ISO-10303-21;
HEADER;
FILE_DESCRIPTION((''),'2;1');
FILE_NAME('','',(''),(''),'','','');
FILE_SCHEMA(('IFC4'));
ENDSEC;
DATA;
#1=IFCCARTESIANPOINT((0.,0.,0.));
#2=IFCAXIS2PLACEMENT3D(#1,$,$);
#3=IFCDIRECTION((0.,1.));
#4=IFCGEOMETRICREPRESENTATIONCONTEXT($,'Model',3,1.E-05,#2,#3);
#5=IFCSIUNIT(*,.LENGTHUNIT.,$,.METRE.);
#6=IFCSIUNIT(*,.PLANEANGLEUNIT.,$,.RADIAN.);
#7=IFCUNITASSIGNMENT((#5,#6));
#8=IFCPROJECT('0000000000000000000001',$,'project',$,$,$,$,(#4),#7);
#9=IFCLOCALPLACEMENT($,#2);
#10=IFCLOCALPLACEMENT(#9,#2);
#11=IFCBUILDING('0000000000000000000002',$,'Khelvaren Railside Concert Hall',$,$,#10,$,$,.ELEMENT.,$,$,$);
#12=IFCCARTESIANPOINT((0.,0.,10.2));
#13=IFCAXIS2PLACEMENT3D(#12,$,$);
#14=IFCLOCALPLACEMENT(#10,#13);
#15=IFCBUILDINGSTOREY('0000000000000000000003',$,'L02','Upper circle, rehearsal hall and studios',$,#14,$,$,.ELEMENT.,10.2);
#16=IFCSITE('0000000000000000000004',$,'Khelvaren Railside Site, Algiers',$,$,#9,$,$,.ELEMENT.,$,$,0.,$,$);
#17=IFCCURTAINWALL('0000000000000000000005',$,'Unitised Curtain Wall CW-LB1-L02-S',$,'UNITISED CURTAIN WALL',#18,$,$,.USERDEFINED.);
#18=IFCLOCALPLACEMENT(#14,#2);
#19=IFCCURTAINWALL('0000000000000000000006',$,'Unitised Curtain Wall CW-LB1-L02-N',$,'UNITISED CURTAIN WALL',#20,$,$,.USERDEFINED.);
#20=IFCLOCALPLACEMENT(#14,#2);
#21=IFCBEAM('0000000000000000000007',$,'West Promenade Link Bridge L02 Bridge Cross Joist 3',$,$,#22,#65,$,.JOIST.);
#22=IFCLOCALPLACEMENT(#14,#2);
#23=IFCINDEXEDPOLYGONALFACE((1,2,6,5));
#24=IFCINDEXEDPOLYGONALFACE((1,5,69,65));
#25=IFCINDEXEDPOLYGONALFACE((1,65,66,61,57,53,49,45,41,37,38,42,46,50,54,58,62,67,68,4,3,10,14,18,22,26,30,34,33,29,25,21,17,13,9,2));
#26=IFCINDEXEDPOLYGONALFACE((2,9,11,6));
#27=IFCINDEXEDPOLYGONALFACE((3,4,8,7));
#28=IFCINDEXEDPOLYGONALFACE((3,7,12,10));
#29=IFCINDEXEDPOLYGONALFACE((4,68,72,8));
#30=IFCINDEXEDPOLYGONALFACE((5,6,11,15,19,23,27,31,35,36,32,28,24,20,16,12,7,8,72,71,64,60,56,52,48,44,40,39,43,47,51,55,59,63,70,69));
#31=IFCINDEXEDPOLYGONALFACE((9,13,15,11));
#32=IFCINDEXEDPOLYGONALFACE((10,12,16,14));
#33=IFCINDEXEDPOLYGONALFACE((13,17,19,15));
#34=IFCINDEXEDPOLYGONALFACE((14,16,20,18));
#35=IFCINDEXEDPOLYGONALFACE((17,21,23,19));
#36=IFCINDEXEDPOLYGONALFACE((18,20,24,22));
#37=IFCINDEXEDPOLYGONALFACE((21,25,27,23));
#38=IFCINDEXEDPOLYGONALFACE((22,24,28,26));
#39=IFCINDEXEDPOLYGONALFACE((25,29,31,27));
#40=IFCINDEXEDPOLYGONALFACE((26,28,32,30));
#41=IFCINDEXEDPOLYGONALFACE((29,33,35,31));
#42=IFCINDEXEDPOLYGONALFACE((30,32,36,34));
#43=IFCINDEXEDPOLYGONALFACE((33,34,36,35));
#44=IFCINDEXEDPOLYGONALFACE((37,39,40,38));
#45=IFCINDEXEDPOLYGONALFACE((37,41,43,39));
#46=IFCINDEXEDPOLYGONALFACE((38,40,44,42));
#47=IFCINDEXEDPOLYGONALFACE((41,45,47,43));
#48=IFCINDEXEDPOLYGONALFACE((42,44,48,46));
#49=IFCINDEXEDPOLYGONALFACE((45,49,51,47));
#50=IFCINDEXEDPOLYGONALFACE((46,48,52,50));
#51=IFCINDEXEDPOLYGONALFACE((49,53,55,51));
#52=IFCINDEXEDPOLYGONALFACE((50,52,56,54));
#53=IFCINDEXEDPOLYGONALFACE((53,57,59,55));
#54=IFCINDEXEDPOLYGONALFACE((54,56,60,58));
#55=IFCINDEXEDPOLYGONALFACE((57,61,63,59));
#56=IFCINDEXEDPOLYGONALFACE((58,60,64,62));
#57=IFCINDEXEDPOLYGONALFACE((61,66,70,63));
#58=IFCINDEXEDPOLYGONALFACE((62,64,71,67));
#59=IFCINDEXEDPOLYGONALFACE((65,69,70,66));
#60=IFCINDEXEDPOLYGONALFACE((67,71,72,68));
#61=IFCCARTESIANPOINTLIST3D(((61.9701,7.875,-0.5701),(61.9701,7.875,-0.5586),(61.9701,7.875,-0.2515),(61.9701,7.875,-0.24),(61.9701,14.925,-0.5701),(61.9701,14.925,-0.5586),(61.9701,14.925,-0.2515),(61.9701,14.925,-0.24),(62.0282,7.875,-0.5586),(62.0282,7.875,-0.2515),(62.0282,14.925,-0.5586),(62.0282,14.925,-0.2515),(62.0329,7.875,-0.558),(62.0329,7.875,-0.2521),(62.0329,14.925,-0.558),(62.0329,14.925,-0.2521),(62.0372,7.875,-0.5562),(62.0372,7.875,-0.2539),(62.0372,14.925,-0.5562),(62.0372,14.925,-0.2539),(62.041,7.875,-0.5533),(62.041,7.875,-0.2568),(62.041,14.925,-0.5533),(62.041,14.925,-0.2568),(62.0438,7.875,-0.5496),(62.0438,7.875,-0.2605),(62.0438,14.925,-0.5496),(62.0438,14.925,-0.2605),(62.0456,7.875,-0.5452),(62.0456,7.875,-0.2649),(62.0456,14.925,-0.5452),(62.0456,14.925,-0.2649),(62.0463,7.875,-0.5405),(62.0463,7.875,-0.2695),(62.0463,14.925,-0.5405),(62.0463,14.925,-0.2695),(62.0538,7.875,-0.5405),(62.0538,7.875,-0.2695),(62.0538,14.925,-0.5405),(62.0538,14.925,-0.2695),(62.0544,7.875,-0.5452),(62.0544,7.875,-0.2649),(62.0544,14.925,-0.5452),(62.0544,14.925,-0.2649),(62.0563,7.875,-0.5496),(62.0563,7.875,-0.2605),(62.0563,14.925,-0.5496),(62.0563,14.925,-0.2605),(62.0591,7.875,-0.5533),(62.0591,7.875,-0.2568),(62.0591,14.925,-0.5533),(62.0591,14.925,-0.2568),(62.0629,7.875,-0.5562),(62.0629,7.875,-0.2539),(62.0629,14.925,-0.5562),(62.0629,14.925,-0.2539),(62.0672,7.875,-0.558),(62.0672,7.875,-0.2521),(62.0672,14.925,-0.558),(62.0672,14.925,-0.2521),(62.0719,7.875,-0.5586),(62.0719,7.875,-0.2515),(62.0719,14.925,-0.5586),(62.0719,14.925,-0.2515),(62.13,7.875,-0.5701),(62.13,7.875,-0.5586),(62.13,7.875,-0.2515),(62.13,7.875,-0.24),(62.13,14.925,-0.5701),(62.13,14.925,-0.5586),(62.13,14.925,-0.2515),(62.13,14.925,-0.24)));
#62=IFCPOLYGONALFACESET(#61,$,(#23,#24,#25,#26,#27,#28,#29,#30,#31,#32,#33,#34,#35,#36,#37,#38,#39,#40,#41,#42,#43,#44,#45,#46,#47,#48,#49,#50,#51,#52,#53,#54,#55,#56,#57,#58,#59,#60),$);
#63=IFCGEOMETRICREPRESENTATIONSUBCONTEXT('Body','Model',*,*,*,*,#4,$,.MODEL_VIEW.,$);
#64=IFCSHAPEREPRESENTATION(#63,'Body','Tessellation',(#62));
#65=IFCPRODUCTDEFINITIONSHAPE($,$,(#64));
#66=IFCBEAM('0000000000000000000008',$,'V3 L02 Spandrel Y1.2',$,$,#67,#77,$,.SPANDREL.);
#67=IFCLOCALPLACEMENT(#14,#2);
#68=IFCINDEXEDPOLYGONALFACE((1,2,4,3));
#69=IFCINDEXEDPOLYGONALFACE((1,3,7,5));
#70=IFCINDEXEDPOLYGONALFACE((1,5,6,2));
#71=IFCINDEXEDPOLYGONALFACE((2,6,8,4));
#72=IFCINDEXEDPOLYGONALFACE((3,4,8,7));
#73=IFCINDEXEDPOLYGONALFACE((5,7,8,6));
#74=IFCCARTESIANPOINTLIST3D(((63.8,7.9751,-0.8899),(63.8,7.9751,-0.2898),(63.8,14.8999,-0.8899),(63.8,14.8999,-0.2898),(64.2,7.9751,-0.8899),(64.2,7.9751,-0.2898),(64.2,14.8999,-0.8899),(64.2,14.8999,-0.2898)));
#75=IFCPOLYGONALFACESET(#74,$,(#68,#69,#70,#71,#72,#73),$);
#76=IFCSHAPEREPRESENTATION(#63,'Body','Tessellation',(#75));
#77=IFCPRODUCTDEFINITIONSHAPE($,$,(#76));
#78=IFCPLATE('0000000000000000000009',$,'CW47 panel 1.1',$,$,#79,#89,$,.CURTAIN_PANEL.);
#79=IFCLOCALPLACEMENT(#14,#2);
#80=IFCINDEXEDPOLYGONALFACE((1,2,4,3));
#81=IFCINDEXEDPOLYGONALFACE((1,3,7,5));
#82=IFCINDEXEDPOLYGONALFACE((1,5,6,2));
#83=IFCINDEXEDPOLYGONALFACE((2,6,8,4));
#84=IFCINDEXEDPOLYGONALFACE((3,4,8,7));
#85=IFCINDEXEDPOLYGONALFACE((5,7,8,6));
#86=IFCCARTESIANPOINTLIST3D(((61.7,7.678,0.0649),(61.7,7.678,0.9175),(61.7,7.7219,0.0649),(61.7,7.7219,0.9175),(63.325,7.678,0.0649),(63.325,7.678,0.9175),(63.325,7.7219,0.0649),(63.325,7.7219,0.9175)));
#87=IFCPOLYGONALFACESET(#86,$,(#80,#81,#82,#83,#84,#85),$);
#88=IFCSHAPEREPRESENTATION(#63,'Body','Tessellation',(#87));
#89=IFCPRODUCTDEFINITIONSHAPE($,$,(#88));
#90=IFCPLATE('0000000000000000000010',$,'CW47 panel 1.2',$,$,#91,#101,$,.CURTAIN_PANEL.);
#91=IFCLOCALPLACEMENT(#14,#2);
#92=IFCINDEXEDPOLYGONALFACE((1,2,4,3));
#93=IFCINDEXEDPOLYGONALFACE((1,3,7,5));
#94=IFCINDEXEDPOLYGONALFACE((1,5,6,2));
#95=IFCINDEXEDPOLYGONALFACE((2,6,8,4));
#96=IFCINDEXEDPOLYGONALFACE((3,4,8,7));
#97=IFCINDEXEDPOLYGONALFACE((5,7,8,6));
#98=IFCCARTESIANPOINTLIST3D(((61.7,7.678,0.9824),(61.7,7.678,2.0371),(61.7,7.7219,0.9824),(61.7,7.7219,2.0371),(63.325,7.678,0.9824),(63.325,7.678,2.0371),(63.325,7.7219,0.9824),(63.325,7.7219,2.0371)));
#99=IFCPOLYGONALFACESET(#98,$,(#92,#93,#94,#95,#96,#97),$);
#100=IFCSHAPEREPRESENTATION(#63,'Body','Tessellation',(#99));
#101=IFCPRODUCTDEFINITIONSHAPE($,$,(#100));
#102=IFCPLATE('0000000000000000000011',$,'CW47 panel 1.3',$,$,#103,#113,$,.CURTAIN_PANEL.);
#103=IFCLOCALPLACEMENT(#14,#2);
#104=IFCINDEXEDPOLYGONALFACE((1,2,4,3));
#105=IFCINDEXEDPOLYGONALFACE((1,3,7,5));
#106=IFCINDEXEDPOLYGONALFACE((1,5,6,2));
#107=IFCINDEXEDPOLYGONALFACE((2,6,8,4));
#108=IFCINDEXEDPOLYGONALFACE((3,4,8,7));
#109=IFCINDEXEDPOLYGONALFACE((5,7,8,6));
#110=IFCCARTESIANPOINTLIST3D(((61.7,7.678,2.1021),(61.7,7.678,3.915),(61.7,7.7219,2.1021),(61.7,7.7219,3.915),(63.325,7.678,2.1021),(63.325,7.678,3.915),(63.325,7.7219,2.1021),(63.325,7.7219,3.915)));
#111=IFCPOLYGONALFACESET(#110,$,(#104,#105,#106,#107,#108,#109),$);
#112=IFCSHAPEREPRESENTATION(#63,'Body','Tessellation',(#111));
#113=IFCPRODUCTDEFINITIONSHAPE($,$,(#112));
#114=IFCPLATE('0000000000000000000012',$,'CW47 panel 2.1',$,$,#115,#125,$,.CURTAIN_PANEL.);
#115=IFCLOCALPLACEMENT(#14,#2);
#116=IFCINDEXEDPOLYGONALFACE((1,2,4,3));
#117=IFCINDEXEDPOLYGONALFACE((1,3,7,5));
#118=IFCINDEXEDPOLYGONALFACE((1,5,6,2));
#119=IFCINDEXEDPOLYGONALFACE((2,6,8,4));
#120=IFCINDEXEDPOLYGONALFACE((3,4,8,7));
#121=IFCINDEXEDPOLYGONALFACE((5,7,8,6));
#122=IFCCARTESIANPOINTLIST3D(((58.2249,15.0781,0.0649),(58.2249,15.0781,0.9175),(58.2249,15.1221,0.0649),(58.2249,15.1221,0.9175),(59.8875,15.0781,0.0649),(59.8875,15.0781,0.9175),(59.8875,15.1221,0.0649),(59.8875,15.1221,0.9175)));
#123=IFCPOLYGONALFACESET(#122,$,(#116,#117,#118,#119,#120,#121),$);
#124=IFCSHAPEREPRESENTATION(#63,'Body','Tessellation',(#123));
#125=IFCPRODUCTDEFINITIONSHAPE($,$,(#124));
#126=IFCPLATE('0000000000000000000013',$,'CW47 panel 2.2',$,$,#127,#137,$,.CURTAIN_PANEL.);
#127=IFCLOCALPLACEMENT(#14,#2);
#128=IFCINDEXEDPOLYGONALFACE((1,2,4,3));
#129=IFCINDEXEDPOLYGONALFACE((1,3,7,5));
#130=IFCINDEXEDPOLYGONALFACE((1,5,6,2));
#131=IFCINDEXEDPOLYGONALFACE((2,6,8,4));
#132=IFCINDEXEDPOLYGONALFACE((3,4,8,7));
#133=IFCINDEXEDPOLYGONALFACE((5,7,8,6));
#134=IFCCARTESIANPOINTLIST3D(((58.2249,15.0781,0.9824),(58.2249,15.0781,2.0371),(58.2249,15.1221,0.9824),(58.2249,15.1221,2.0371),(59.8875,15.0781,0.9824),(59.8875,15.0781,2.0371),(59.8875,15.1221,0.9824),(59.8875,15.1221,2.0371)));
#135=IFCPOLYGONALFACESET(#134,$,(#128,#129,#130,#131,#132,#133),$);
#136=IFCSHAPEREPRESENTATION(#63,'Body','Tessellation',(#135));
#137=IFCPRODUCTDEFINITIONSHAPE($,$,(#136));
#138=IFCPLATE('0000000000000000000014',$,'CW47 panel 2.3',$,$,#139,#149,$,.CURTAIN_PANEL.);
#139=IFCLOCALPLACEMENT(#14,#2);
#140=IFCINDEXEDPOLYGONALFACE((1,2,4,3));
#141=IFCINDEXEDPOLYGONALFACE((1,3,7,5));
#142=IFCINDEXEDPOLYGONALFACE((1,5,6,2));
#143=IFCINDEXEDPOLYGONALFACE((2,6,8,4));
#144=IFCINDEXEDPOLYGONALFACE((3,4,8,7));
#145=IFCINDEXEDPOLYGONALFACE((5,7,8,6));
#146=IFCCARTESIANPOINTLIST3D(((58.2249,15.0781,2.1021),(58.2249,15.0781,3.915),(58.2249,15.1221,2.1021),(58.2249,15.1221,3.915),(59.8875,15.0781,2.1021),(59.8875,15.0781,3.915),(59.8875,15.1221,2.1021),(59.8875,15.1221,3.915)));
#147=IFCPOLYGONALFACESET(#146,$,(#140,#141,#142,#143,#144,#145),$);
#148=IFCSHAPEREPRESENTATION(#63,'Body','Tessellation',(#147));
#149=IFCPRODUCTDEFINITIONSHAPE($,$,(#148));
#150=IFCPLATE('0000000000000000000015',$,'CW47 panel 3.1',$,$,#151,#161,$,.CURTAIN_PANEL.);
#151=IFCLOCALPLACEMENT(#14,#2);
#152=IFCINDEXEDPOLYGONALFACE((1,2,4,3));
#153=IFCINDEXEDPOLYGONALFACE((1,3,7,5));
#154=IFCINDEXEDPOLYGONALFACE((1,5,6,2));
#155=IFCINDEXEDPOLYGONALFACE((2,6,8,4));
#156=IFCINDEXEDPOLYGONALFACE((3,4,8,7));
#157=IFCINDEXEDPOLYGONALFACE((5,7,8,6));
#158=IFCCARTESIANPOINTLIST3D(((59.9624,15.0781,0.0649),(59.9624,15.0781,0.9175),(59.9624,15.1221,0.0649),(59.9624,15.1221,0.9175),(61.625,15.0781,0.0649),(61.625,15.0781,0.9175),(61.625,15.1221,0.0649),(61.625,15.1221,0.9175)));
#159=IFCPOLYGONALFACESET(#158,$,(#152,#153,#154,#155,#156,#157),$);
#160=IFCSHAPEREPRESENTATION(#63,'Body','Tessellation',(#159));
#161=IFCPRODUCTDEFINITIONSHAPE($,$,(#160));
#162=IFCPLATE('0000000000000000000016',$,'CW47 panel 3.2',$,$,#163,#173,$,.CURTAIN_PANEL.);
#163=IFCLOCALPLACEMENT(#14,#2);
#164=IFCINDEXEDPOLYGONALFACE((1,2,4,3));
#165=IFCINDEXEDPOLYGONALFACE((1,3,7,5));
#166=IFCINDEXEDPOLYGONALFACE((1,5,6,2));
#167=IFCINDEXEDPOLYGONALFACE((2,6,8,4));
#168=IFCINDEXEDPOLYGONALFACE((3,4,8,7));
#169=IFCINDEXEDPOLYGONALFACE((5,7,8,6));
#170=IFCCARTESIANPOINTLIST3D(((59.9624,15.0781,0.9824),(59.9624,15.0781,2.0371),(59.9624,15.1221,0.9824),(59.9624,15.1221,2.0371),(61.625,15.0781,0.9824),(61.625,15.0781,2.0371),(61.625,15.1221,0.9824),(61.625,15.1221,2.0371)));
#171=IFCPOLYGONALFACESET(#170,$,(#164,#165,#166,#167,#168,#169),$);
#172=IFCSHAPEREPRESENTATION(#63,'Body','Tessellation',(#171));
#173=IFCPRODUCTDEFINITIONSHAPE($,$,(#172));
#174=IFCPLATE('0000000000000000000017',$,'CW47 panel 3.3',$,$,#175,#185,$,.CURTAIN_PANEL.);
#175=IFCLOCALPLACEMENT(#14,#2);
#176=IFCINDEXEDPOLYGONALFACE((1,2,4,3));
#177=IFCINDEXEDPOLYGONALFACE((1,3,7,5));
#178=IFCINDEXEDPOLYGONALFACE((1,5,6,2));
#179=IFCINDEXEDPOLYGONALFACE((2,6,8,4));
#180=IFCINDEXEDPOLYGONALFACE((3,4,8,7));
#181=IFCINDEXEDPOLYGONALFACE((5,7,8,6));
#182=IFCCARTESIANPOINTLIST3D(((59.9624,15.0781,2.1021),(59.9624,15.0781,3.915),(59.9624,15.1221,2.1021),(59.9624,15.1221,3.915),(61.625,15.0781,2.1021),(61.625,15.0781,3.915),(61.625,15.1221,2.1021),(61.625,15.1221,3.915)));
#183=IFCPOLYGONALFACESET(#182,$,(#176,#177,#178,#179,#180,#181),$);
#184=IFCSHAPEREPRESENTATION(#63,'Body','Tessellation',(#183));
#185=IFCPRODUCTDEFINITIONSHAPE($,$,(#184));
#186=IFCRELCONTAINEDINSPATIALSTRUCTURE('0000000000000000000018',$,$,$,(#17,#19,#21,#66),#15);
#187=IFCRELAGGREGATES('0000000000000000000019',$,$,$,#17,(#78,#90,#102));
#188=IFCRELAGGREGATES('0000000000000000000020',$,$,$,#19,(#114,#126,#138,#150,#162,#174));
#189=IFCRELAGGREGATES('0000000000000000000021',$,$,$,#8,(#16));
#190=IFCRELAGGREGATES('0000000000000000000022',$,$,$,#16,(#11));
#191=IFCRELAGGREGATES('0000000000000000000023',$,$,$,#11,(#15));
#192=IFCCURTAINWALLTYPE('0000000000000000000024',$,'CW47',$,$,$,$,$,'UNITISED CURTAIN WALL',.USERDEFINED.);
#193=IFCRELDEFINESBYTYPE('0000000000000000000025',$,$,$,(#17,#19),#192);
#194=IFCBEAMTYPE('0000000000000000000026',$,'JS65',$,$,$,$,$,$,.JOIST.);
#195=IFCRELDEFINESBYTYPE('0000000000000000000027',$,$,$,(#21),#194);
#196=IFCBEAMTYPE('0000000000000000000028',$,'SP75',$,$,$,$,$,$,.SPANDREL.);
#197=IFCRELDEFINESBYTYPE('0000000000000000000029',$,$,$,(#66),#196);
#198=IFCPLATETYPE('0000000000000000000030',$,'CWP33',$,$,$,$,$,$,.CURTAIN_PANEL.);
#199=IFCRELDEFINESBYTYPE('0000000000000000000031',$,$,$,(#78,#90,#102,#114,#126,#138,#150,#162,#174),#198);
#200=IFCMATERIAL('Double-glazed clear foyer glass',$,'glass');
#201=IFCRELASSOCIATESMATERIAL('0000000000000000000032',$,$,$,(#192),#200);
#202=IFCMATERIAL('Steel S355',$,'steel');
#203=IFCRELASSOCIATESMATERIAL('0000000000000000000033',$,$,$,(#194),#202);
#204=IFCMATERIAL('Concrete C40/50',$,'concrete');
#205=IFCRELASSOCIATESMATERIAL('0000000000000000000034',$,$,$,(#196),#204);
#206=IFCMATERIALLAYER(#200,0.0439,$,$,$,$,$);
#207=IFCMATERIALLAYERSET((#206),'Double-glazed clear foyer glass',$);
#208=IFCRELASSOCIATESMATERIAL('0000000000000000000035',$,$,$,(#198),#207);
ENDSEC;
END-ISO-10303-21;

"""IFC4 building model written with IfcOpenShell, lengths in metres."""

from ifc_helpers import new_model, si_unit, direction, frame, origin, origin_2d, place, context, subcontext, project, spatial, rectangle, i_section, extrude, material, layer, layer_set, material_profile, profile_set, type_object, element, aggregate, save


model = new_model("IFC4")

# Units and contexts
model_context = context("Model", 3, precision=1e-05, world=origin(), true_north=direction((0.0, 1.0)))
body_context = subcontext(model_context, "Body", "Model", "MODEL_VIEW")
ifc_project = project(units=[si_unit("LENGTHUNIT", "METRE"), si_unit("PLANEANGLEUNIT", "RADIAN")], contexts=[model_context])

# Site, building, storey
site_placement = place(None, origin())
site = spatial("IfcSite", under=ifc_project, at=site_placement, Name="Khelvaren Railside Site, Algiers", CompositionType="ELEMENT", RefElevation=0.0)
building_placement = place(site_placement, origin())
building = spatial("IfcBuilding", under=site, at=building_placement, Name="Khelvaren Railside Concert Hall", CompositionType="ELEMENT")
storey_placement = place(building_placement, frame((0.0, 0.0, 10.2)))
storey = spatial("IfcBuildingStorey", under=building, at=storey_placement, Name="L02", Description="Upper circle, rehearsal hall and studios", CompositionType="ELEMENT", Elevation=10.2)

# Curtain wall
ifc_material_1 = material(Name="Double-glazed clear foyer glass", Category="glass")
curtain_wall_type = type_object("IfcCurtainWallType", Name="CW47", ElementType="UNITISED CURTAIN WALL", PredefinedType="USERDEFINED", material=ifc_material_1)
curtain_wall_1_placement = place(storey_placement, origin())
curtain_wall_1 = element("IfcCurtainWall", 1, at=curtain_wall_1_placement, inside=storey, type_object=curtain_wall_type, Name="Unitised Curtain Wall CW-LB1-L02-S", ObjectType="UNITISED CURTAIN WALL", PredefinedType="USERDEFINED")

# Curtain wall
curtain_wall_2_placement = place(storey_placement, origin())
curtain_wall_2 = element("IfcCurtainWall", 2, at=curtain_wall_2_placement, inside=storey, type_object=curtain_wall_type, Name="Unitised Curtain Wall CW-LB1-L02-N", ObjectType="UNITISED CURTAIN WALL", PredefinedType="USERDEFINED")

# Beams
ifc_material_2 = material(Name="Steel S355", Category="steel")
ifc_material_profile_1 = material_profile(ifc_material_2, i_section(OverallWidth=0.1599, OverallDepth=0.3301, WebThickness=0.0076, FlangeThickness=0.0115, FilletRadius=0.0181, at=origin_2d()), Name="IPE 330")
ifc_profile_set_1 = profile_set([ifc_material_profile_1], Name="Steel S355")
beam_type_1 = type_object("IfcBeamType", Name="JS65", PredefinedType="JOIST", material=ifc_profile_set_1)
for number, where, z_axis, x_axis, name in (
    (3, (62.05, 7.875, -0.405), (0.0, 1.0, 0.0), (-1.0, 0.0, 0.0), "West Promenade Link Bridge L02 Bridge Cross Joist 3"),
):
    element("IfcBeam", number, at=place(storey_placement, frame(where, z_axis=z_axis, x_axis=x_axis)), inside=storey, type_object=beam_type_1, Name=name, PredefinedType="JOIST", context=body_context, shape_type="SweptSolid", body=[
        extrude(i_section(OverallWidth=0.1599, OverallDepth=0.3301, WebThickness=0.0076, FlangeThickness=0.0115, FilletRadius=0.0181, at=origin_2d()), origin(), (0.0, 0.0, 1.0), 7.05),
    ])
ifc_material_3 = material(Name="Concrete C40/50", Category="concrete")
ifc_material_profile_2 = material_profile(ifc_material_3, rectangle(XDim=0.3999, YDim=0.6001, at=origin_2d()), Name="RCB 400x600")
ifc_profile_set_2 = profile_set([ifc_material_profile_2], Name="Concrete C40/50")
beam_type_2 = type_object("IfcBeamType", Name="SP75", PredefinedType="SPANDREL", material=ifc_profile_set_2)
beam_placement = place(storey_placement, frame((64.0, 7.9751, -0.5898), z_axis=(0.0, 1.0, 0.0), x_axis=(-1.0, 0.0, 0.0)))
element("IfcBeam", 4, at=beam_placement, inside=storey, type_object=beam_type_2, Name="V3 L02 Spandrel Y1.2", PredefinedType="SPANDREL", context=body_context, shape_type="SweptSolid", body=[
    extrude(rectangle(XDim=0.3999, YDim=0.6001, at=origin_2d()), origin(), (0.0, 0.0, 1.0), 6.9248),
])

# Plates
ifc_layer_1 = layer(ifc_material_1, 0.0439)
ifc_layer_set_1 = layer_set([ifc_layer_1], Name="Double-glazed clear foyer glass")
plate_type = type_object("IfcPlateType", Name="CWP33", PredefinedType="CURTAIN_PANEL", material=ifc_layer_set_1)
plate_1_placement = place(storey_placement, frame((62.5125, 7.7, 0.0649), z_axis=(0.0, 0.0, 1.0), x_axis=(-1.0, 0.0, 0.0)))
plate_1 = element("IfcPlate", 5, at=plate_1_placement, type_object=plate_type, Name="CW47 panel 1.1", PredefinedType="CURTAIN_PANEL", context=body_context, shape_type="SweptSolid", body=[
    extrude(rectangle(XDim=1.625, YDim=0.0439, at=origin_2d()), origin(), (0.0, 0.0, 1.0), 0.8525),
])
plate_2_placement = place(storey_placement, frame((62.5125, 7.7, 0.9824), z_axis=(0.0, 0.0, 1.0), x_axis=(-1.0, 0.0, 0.0)))
plate_2 = element("IfcPlate", 6, at=plate_2_placement, type_object=plate_type, Name="CW47 panel 1.2", PredefinedType="CURTAIN_PANEL", context=body_context, shape_type="SweptSolid", body=[
    extrude(rectangle(XDim=1.625, YDim=0.0439, at=origin_2d()), origin(), (0.0, 0.0, 1.0), 1.0547),
])
plate_3_placement = place(storey_placement, frame((62.5125, 7.7, 2.1021), z_axis=(0.0, 0.0, 1.0), x_axis=(-1.0, 0.0, 0.0)))
plate_3 = element("IfcPlate", 7, at=plate_3_placement, type_object=plate_type, Name="CW47 panel 1.3", PredefinedType="CURTAIN_PANEL", context=body_context, shape_type="SweptSolid", body=[
    extrude(rectangle(XDim=1.625, YDim=0.0439, at=origin_2d()), origin(), (0.0, 0.0, 1.0), 1.813),
])
aggregate(curtain_wall_1, [plate_1, plate_2, plate_3])
plate_4_placement = place(storey_placement, frame((59.0562, 15.1001, 0.0649), z_axis=(0.0, 0.0, 1.0), x_axis=(1.0, 0.0, 0.0)))
plate_4 = element("IfcPlate", 8, at=plate_4_placement, type_object=plate_type, Name="CW47 panel 2.1", PredefinedType="CURTAIN_PANEL", context=body_context, shape_type="SweptSolid", body=[
    extrude(rectangle(XDim=1.6626, YDim=0.0439, at=origin_2d()), origin(), (0.0, 0.0, 1.0), 0.8525),
])
plate_5_placement = place(storey_placement, frame((59.0562, 15.1001, 0.9824), z_axis=(0.0, 0.0, 1.0), x_axis=(1.0, 0.0, 0.0)))
plate_5 = element("IfcPlate", 9, at=plate_5_placement, type_object=plate_type, Name="CW47 panel 2.2", PredefinedType="CURTAIN_PANEL", context=body_context, shape_type="SweptSolid", body=[
    extrude(rectangle(XDim=1.6626, YDim=0.0439, at=origin_2d()), origin(), (0.0, 0.0, 1.0), 1.0547),
])
plate_6_placement = place(storey_placement, frame((59.0562, 15.1001, 2.1021), z_axis=(0.0, 0.0, 1.0), x_axis=(1.0, 0.0, 0.0)))
plate_6 = element("IfcPlate", 10, at=plate_6_placement, type_object=plate_type, Name="CW47 panel 2.3", PredefinedType="CURTAIN_PANEL", context=body_context, shape_type="SweptSolid", body=[
    extrude(rectangle(XDim=1.6626, YDim=0.0439, at=origin_2d()), origin(), (0.0, 0.0, 1.0), 1.813),
])
plate_7_placement = place(storey_placement, frame((60.7937, 15.1001, 0.0649), z_axis=(0.0, 0.0, 1.0), x_axis=(1.0, 0.0, 0.0)))
plate_7 = element("IfcPlate", 11, at=plate_7_placement, type_object=plate_type, Name="CW47 panel 3.1", PredefinedType="CURTAIN_PANEL", context=body_context, shape_type="SweptSolid", body=[
    extrude(rectangle(XDim=1.6626, YDim=0.0439, at=origin_2d()), origin(), (0.0, 0.0, 1.0), 0.8525),
])
plate_8_placement = place(storey_placement, frame((60.7937, 15.1001, 0.9824), z_axis=(0.0, 0.0, 1.0), x_axis=(1.0, 0.0, 0.0)))
plate_8 = element("IfcPlate", 12, at=plate_8_placement, type_object=plate_type, Name="CW47 panel 3.2", PredefinedType="CURTAIN_PANEL", context=body_context, shape_type="SweptSolid", body=[
    extrude(rectangle(XDim=1.6626, YDim=0.0439, at=origin_2d()), origin(), (0.0, 0.0, 1.0), 1.0547),
])
plate_9_placement = place(storey_placement, frame((60.7937, 15.1001, 2.1021), z_axis=(0.0, 0.0, 1.0), x_axis=(1.0, 0.0, 0.0)))
plate_9 = element("IfcPlate", 13, at=plate_9_placement, type_object=plate_type, Name="CW47 panel 3.3", PredefinedType="CURTAIN_PANEL", context=body_context, shape_type="SweptSolid", body=[
    extrude(rectangle(XDim=1.6626, YDim=0.0439, at=origin_2d()), origin(), (0.0, 0.0, 1.0), 1.813),
])
aggregate(curtain_wall_2, [plate_4, plate_5, plate_6, plate_7, plate_8, plate_9])

save(model, "model.ifc")
